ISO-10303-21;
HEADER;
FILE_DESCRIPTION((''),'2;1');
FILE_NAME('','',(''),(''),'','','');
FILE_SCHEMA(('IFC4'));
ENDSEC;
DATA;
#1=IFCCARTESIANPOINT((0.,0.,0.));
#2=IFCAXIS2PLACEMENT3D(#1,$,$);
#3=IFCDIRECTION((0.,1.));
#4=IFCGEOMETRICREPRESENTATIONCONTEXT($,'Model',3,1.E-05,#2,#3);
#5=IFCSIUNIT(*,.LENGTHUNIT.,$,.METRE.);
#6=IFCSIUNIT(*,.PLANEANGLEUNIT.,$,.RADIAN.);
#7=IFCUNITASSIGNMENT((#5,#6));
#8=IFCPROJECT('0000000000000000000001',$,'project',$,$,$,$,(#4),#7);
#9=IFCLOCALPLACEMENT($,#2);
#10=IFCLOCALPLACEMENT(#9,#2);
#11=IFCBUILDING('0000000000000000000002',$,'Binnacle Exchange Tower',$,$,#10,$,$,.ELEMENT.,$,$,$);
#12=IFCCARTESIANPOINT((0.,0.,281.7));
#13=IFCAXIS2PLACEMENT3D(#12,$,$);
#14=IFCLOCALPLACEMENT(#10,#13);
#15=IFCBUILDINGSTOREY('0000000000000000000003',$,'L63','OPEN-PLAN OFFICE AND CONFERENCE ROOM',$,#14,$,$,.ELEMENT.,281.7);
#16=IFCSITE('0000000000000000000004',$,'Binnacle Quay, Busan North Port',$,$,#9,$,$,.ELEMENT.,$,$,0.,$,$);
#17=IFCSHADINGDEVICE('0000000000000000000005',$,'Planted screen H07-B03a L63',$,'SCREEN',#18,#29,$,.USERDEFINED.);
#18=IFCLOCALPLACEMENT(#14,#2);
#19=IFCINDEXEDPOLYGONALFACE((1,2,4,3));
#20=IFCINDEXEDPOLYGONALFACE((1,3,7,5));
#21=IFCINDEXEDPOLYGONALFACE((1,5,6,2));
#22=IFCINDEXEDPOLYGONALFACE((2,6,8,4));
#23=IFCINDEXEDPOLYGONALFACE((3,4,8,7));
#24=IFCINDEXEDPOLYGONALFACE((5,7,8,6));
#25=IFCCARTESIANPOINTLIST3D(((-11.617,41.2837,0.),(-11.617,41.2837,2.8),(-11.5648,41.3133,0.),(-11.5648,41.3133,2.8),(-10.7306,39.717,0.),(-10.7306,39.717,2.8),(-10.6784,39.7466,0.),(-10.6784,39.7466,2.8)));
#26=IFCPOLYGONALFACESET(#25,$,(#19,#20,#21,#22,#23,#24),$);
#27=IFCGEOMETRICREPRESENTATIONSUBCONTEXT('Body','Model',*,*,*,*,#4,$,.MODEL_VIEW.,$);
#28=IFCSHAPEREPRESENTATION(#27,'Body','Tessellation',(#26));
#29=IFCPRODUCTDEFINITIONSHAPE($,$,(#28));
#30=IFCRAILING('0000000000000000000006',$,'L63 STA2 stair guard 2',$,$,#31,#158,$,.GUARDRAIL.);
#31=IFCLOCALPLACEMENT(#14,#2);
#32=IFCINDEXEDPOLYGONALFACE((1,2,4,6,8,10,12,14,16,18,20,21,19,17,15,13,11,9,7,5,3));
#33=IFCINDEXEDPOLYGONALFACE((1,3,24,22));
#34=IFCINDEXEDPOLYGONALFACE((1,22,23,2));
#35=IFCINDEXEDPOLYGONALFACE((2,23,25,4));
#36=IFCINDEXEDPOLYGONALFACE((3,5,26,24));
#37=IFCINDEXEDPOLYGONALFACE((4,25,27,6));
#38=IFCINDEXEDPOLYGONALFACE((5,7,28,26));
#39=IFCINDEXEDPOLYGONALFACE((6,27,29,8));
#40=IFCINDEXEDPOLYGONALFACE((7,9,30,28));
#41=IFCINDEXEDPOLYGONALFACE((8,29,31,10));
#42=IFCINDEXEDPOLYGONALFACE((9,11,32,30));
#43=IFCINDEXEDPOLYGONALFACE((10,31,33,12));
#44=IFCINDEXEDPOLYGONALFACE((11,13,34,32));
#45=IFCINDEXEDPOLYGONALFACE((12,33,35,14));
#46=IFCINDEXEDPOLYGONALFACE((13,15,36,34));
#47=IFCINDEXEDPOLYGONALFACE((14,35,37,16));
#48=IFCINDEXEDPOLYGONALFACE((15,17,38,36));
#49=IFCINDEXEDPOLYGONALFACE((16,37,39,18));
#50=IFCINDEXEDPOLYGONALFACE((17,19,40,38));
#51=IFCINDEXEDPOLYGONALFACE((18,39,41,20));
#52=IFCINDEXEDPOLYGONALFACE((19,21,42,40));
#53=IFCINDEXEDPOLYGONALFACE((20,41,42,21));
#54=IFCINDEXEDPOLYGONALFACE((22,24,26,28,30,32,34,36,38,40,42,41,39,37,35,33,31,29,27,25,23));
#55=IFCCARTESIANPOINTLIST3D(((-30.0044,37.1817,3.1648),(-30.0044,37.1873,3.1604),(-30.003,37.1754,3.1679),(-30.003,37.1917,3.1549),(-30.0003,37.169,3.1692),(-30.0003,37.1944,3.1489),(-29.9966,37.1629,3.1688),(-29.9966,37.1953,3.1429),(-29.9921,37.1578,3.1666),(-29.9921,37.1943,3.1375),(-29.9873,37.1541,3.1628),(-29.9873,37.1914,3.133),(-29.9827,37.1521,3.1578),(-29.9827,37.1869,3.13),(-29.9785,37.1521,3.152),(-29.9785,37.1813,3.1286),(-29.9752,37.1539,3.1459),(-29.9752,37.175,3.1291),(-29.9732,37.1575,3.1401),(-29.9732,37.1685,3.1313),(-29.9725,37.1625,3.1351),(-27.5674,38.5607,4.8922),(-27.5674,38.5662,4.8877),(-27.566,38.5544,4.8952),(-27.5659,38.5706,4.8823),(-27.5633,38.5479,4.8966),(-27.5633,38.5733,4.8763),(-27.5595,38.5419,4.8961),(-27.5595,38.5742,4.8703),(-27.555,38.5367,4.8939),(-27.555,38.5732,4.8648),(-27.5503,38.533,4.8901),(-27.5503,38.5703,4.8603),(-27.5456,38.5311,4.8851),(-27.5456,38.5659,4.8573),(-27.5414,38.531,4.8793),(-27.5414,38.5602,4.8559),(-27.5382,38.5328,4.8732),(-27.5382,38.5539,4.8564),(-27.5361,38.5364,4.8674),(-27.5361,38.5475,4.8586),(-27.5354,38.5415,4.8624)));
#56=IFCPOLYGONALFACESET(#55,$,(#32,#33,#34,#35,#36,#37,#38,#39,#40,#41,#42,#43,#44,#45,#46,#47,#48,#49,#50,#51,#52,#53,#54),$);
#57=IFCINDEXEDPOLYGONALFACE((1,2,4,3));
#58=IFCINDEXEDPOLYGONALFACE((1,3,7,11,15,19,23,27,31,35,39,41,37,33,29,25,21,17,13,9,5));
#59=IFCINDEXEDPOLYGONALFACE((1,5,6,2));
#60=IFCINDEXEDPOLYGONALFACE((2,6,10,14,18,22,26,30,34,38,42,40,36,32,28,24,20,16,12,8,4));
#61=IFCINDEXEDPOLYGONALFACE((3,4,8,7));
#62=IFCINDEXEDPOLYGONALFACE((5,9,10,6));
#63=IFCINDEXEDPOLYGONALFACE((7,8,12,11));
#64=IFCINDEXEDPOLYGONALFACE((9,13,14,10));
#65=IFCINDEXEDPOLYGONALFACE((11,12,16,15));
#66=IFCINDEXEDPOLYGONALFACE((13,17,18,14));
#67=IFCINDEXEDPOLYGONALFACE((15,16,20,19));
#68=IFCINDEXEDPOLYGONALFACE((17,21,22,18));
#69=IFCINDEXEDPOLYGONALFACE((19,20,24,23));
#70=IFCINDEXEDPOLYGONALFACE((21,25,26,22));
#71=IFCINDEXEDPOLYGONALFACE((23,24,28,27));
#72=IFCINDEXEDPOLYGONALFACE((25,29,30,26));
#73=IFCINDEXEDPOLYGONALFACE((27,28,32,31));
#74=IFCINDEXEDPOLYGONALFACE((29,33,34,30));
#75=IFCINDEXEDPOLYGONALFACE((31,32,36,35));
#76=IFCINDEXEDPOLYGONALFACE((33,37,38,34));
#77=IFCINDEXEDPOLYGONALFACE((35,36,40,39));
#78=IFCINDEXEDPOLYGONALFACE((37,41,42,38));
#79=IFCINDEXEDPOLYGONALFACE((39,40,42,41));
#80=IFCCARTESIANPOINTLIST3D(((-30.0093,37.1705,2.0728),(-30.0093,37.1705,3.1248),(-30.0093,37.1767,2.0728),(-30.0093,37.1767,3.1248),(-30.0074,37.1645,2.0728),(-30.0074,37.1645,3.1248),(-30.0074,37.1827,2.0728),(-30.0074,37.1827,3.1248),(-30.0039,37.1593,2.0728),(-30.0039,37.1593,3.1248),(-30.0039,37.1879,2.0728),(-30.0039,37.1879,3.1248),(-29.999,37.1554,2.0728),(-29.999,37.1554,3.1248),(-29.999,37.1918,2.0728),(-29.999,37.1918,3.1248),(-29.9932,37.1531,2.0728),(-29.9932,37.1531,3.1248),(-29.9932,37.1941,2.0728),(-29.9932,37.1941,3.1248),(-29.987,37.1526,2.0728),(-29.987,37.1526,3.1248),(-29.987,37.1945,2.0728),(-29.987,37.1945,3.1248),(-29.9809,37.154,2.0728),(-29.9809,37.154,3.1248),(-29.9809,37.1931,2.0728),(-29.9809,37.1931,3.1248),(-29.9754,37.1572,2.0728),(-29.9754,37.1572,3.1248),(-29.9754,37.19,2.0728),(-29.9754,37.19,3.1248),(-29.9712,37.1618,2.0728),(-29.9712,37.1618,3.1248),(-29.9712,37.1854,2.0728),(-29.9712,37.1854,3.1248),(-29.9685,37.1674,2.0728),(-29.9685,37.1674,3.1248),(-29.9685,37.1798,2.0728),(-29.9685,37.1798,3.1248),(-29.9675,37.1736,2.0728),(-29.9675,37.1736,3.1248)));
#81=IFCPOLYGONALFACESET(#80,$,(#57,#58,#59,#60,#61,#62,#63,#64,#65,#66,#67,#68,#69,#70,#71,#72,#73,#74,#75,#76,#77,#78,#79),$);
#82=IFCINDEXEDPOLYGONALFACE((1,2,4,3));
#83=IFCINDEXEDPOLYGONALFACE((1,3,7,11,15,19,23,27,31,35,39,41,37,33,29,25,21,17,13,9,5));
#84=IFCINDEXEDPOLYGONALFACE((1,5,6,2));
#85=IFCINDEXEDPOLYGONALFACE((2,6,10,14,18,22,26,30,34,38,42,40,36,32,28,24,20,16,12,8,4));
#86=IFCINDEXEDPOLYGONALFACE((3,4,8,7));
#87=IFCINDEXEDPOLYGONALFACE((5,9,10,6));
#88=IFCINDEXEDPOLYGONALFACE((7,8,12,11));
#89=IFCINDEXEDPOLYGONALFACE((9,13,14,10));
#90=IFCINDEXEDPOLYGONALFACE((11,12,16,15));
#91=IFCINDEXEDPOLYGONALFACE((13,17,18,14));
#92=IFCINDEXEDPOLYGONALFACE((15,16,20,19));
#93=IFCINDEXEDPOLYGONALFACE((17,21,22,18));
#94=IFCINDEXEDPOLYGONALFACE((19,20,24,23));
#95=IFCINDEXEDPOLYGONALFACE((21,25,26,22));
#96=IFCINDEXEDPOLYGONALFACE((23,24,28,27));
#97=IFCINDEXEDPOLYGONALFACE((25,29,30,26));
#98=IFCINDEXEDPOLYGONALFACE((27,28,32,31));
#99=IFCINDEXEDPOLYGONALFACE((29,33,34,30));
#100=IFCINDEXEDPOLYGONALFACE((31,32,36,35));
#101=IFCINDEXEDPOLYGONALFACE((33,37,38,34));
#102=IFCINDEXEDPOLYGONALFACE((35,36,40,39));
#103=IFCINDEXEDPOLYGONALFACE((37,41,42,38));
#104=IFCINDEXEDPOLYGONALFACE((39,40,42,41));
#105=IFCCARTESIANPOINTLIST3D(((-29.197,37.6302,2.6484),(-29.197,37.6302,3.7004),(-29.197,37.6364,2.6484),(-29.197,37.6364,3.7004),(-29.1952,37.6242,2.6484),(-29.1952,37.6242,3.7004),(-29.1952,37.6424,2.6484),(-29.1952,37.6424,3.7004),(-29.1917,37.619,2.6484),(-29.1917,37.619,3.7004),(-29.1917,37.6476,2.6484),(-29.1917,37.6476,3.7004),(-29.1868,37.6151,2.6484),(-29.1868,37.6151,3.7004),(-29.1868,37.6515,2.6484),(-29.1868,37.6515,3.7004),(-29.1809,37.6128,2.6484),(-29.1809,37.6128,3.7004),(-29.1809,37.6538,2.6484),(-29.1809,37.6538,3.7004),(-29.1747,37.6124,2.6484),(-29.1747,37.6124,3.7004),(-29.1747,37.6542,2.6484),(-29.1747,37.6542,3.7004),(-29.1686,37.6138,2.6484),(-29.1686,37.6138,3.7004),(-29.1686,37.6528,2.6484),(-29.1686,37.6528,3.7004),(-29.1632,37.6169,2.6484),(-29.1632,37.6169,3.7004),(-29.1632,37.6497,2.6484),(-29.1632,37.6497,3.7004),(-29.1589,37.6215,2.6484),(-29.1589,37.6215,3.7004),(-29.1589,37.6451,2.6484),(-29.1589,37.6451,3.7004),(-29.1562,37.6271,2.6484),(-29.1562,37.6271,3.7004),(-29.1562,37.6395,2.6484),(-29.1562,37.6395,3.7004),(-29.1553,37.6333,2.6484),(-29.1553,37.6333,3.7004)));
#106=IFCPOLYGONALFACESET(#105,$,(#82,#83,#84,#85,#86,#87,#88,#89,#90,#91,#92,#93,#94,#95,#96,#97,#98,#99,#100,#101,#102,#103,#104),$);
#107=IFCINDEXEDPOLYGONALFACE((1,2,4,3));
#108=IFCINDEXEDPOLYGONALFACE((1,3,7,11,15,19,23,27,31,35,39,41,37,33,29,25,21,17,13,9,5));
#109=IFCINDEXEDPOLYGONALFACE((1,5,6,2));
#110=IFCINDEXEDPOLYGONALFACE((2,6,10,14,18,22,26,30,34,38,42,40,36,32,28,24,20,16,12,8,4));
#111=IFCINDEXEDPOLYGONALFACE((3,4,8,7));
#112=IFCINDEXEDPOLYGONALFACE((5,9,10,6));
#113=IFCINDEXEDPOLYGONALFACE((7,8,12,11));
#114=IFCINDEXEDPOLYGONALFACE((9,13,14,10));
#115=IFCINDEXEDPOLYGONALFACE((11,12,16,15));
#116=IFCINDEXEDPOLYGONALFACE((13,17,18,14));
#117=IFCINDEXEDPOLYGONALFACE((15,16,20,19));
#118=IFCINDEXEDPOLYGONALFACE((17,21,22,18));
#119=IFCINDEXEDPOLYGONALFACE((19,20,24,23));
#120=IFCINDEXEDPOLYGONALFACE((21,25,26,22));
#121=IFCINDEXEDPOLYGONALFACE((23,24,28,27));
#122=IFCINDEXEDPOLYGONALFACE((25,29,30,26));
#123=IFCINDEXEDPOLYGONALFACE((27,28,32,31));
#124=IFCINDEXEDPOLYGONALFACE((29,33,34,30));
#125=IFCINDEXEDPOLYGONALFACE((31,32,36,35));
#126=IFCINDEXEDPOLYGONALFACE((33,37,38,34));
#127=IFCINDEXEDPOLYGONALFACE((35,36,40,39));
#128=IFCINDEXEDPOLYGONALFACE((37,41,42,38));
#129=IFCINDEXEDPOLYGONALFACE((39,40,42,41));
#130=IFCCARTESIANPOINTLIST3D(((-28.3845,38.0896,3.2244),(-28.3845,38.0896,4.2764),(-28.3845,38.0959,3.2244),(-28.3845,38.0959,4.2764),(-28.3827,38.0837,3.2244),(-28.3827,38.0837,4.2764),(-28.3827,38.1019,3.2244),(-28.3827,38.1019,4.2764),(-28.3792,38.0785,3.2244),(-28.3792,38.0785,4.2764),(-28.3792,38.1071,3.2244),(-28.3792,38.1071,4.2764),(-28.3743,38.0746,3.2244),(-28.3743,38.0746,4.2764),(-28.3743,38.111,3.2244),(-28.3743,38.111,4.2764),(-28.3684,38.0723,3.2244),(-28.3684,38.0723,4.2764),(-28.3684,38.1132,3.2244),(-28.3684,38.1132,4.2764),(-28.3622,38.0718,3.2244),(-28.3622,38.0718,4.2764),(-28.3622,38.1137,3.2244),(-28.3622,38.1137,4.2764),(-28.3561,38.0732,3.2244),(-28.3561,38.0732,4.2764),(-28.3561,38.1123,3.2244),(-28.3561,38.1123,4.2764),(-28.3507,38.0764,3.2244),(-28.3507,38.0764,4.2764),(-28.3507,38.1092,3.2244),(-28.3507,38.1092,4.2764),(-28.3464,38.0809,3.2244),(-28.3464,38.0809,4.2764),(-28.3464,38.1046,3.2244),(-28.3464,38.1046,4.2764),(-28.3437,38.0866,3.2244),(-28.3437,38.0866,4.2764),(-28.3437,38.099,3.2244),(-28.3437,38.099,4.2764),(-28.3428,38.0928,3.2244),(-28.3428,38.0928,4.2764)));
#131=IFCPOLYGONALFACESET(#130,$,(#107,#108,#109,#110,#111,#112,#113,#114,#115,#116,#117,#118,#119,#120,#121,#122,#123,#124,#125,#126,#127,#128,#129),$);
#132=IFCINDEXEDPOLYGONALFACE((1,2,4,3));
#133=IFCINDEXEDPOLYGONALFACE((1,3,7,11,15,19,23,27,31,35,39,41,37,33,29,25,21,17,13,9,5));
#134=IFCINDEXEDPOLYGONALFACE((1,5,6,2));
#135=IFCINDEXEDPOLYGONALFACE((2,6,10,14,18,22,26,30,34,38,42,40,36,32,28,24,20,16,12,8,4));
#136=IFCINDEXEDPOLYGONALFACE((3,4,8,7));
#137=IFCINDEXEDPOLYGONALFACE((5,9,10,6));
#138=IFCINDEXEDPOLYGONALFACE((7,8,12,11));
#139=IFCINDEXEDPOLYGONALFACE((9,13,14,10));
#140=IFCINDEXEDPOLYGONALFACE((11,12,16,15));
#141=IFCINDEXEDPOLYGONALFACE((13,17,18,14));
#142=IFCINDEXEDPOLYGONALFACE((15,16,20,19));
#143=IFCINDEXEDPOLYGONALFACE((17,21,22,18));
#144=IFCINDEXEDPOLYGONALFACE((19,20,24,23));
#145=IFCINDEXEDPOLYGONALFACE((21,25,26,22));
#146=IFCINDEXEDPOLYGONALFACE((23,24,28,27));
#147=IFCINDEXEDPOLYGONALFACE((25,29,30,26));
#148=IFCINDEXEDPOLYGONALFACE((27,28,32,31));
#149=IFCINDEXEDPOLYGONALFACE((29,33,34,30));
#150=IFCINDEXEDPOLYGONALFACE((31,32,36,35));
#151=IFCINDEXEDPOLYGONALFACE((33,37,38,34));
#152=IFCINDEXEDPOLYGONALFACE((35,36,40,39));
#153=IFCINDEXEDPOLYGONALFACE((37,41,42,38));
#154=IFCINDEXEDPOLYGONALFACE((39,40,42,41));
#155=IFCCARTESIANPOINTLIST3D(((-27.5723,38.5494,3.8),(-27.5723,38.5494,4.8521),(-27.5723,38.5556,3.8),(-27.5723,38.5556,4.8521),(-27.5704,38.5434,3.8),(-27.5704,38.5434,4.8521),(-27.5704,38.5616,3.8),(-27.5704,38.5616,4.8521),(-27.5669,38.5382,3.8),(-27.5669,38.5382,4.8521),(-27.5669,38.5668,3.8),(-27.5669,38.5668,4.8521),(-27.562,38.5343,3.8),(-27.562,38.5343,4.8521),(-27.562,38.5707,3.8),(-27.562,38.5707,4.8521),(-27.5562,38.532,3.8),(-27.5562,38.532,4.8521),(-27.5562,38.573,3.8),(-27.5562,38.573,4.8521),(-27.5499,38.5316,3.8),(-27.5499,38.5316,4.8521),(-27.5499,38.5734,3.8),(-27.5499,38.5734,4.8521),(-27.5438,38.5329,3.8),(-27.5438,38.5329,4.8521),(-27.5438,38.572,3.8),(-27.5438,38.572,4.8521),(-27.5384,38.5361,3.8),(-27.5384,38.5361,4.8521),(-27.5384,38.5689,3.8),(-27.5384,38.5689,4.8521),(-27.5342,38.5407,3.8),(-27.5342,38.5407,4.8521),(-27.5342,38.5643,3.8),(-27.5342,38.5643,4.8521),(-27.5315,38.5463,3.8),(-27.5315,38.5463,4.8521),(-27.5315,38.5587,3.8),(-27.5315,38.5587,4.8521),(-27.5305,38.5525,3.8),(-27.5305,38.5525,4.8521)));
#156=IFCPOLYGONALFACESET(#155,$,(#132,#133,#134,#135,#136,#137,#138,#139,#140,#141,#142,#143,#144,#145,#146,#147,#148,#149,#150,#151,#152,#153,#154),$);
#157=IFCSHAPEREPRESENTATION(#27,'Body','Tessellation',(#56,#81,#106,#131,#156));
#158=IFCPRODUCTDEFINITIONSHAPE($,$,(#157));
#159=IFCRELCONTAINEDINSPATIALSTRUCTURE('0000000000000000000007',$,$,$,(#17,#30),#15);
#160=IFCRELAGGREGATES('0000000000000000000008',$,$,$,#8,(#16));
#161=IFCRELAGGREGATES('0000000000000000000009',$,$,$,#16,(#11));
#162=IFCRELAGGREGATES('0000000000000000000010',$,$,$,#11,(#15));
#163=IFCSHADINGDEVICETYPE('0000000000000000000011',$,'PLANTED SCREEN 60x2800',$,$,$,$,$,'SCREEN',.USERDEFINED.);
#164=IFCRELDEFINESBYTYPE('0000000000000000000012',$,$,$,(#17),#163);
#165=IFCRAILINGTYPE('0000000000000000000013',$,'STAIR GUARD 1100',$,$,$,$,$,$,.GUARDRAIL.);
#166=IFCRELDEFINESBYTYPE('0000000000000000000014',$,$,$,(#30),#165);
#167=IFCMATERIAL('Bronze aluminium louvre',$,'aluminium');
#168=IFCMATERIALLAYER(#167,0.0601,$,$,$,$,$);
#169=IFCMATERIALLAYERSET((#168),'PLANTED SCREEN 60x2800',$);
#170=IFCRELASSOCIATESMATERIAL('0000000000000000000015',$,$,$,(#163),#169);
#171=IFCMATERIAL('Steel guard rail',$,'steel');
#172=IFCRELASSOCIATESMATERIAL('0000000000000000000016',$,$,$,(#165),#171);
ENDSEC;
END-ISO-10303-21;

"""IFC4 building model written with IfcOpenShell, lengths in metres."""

from ifc_helpers import new_model, si_unit, direction, frame, origin, origin_2d, place, context, subcontext, project, spatial, rectangle, circle, extrude, material, layer, layer_set, type_object, element, save


model = new_model("IFC4")

# Units and contexts
model_context = context("Model", 3, precision=1e-05, world=origin(), true_north=direction((0.0, 1.0)))
body_context = subcontext(model_context, "Body", "Model", "MODEL_VIEW")
ifc_project = project(units=[si_unit("LENGTHUNIT", "METRE"), si_unit("PLANEANGLEUNIT", "RADIAN")], contexts=[model_context])

# Site, building, storey
site_placement = place(None, origin())
site = spatial("IfcSite", under=ifc_project, at=site_placement, Name="Binnacle Quay, Busan North Port", CompositionType="ELEMENT", RefElevation=0.0)
building_placement = place(site_placement, origin())
building = spatial("IfcBuilding", under=site, at=building_placement, Name="Binnacle Exchange Tower", CompositionType="ELEMENT")
storey_placement = place(building_placement, frame((0.0, 0.0, 281.7)))
storey = spatial("IfcBuildingStorey", under=building, at=storey_placement, Name="L63", Description="OPEN-PLAN OFFICE AND CONFERENCE ROOM", CompositionType="ELEMENT", Elevation=281.7)

# Shading device
ifc_material_1 = material(Name="Bronze aluminium louvre", Category="aluminium")
ifc_layer_1 = layer(ifc_material_1, 0.0601)
ifc_layer_set_1 = layer_set([ifc_layer_1], Name="PLANTED SCREEN 60x2800")
shading_device_type = type_object("IfcShadingDeviceType", Name="PLANTED SCREEN 60x2800", ElementType="SCREEN", PredefinedType="USERDEFINED", material=ifc_layer_set_1)
for number, where, z_axis, x_axis, name in (
    (1, (-11.1477, 40.5151, 0.0), (0.0, 0.0, 1.0), (0.870356, 0.492424, 0.0), "Planted screen H07-B03a L63"),
):
    element("IfcShadingDevice", number, at=place(storey_placement, frame(where, z_axis=z_axis, x_axis=x_axis)), inside=storey, type_object=shading_device_type, Name=name, ObjectType="SCREEN", PredefinedType="USERDEFINED", context=body_context, shape_type="SweptSolid", body=[
        extrude(rectangle(XDim=0.0601, YDim=1.8, at=origin_2d()), origin(), (0.0, 0.0, 1.0), 2.8),
    ])

# Railing
ifc_material_2 = material(Name="Steel guard rail", Category="steel")
railing_type_1 = type_object("IfcRailingType", Name="STAIR GUARD 1100", PredefinedType="GUARDRAIL", material=ifc_material_2)
railing_1_placement = place(storey_placement, frame((-29.9885, 37.1736, 2.0728)))
element("IfcRailing", 2, at=railing_1_placement, inside=storey, type_object=railing_type_1, Name="L63 STA2 stair guard 2", PredefinedType="GUARDRAIL", context=body_context, shape_type="SweptSolid", body=[
    extrude(circle(Radius=0.0239, at=origin_2d()), frame((0.0, 0.0, 1.0762), z_axis=(0.740738, 0.419123, 0.525017), x_axis=(-0.492454, 0.870339, 0.0)), (0.0, 0.0, 1.0), 3.29),
    extrude(circle(Radius=0.021, at=origin_2d()), origin(), (0.0, 0.0, 1.0), 1.052),
    extrude(circle(Radius=0.021, at=origin_2d()), frame((0.8123, 0.4597, 0.5757)), (0.0, 0.0, 1.0), 1.052),
    extrude(circle(Radius=0.021, at=origin_2d()), frame((1.6248, 0.9192, 1.1516)), (0.0, 0.0, 1.0), 1.052),
    extrude(circle(Radius=0.021, at=origin_2d()), frame((2.437, 1.3789, 1.7273)), (0.0, 0.0, 1.0), 1.052),
])

save(model, "model.ifc")
